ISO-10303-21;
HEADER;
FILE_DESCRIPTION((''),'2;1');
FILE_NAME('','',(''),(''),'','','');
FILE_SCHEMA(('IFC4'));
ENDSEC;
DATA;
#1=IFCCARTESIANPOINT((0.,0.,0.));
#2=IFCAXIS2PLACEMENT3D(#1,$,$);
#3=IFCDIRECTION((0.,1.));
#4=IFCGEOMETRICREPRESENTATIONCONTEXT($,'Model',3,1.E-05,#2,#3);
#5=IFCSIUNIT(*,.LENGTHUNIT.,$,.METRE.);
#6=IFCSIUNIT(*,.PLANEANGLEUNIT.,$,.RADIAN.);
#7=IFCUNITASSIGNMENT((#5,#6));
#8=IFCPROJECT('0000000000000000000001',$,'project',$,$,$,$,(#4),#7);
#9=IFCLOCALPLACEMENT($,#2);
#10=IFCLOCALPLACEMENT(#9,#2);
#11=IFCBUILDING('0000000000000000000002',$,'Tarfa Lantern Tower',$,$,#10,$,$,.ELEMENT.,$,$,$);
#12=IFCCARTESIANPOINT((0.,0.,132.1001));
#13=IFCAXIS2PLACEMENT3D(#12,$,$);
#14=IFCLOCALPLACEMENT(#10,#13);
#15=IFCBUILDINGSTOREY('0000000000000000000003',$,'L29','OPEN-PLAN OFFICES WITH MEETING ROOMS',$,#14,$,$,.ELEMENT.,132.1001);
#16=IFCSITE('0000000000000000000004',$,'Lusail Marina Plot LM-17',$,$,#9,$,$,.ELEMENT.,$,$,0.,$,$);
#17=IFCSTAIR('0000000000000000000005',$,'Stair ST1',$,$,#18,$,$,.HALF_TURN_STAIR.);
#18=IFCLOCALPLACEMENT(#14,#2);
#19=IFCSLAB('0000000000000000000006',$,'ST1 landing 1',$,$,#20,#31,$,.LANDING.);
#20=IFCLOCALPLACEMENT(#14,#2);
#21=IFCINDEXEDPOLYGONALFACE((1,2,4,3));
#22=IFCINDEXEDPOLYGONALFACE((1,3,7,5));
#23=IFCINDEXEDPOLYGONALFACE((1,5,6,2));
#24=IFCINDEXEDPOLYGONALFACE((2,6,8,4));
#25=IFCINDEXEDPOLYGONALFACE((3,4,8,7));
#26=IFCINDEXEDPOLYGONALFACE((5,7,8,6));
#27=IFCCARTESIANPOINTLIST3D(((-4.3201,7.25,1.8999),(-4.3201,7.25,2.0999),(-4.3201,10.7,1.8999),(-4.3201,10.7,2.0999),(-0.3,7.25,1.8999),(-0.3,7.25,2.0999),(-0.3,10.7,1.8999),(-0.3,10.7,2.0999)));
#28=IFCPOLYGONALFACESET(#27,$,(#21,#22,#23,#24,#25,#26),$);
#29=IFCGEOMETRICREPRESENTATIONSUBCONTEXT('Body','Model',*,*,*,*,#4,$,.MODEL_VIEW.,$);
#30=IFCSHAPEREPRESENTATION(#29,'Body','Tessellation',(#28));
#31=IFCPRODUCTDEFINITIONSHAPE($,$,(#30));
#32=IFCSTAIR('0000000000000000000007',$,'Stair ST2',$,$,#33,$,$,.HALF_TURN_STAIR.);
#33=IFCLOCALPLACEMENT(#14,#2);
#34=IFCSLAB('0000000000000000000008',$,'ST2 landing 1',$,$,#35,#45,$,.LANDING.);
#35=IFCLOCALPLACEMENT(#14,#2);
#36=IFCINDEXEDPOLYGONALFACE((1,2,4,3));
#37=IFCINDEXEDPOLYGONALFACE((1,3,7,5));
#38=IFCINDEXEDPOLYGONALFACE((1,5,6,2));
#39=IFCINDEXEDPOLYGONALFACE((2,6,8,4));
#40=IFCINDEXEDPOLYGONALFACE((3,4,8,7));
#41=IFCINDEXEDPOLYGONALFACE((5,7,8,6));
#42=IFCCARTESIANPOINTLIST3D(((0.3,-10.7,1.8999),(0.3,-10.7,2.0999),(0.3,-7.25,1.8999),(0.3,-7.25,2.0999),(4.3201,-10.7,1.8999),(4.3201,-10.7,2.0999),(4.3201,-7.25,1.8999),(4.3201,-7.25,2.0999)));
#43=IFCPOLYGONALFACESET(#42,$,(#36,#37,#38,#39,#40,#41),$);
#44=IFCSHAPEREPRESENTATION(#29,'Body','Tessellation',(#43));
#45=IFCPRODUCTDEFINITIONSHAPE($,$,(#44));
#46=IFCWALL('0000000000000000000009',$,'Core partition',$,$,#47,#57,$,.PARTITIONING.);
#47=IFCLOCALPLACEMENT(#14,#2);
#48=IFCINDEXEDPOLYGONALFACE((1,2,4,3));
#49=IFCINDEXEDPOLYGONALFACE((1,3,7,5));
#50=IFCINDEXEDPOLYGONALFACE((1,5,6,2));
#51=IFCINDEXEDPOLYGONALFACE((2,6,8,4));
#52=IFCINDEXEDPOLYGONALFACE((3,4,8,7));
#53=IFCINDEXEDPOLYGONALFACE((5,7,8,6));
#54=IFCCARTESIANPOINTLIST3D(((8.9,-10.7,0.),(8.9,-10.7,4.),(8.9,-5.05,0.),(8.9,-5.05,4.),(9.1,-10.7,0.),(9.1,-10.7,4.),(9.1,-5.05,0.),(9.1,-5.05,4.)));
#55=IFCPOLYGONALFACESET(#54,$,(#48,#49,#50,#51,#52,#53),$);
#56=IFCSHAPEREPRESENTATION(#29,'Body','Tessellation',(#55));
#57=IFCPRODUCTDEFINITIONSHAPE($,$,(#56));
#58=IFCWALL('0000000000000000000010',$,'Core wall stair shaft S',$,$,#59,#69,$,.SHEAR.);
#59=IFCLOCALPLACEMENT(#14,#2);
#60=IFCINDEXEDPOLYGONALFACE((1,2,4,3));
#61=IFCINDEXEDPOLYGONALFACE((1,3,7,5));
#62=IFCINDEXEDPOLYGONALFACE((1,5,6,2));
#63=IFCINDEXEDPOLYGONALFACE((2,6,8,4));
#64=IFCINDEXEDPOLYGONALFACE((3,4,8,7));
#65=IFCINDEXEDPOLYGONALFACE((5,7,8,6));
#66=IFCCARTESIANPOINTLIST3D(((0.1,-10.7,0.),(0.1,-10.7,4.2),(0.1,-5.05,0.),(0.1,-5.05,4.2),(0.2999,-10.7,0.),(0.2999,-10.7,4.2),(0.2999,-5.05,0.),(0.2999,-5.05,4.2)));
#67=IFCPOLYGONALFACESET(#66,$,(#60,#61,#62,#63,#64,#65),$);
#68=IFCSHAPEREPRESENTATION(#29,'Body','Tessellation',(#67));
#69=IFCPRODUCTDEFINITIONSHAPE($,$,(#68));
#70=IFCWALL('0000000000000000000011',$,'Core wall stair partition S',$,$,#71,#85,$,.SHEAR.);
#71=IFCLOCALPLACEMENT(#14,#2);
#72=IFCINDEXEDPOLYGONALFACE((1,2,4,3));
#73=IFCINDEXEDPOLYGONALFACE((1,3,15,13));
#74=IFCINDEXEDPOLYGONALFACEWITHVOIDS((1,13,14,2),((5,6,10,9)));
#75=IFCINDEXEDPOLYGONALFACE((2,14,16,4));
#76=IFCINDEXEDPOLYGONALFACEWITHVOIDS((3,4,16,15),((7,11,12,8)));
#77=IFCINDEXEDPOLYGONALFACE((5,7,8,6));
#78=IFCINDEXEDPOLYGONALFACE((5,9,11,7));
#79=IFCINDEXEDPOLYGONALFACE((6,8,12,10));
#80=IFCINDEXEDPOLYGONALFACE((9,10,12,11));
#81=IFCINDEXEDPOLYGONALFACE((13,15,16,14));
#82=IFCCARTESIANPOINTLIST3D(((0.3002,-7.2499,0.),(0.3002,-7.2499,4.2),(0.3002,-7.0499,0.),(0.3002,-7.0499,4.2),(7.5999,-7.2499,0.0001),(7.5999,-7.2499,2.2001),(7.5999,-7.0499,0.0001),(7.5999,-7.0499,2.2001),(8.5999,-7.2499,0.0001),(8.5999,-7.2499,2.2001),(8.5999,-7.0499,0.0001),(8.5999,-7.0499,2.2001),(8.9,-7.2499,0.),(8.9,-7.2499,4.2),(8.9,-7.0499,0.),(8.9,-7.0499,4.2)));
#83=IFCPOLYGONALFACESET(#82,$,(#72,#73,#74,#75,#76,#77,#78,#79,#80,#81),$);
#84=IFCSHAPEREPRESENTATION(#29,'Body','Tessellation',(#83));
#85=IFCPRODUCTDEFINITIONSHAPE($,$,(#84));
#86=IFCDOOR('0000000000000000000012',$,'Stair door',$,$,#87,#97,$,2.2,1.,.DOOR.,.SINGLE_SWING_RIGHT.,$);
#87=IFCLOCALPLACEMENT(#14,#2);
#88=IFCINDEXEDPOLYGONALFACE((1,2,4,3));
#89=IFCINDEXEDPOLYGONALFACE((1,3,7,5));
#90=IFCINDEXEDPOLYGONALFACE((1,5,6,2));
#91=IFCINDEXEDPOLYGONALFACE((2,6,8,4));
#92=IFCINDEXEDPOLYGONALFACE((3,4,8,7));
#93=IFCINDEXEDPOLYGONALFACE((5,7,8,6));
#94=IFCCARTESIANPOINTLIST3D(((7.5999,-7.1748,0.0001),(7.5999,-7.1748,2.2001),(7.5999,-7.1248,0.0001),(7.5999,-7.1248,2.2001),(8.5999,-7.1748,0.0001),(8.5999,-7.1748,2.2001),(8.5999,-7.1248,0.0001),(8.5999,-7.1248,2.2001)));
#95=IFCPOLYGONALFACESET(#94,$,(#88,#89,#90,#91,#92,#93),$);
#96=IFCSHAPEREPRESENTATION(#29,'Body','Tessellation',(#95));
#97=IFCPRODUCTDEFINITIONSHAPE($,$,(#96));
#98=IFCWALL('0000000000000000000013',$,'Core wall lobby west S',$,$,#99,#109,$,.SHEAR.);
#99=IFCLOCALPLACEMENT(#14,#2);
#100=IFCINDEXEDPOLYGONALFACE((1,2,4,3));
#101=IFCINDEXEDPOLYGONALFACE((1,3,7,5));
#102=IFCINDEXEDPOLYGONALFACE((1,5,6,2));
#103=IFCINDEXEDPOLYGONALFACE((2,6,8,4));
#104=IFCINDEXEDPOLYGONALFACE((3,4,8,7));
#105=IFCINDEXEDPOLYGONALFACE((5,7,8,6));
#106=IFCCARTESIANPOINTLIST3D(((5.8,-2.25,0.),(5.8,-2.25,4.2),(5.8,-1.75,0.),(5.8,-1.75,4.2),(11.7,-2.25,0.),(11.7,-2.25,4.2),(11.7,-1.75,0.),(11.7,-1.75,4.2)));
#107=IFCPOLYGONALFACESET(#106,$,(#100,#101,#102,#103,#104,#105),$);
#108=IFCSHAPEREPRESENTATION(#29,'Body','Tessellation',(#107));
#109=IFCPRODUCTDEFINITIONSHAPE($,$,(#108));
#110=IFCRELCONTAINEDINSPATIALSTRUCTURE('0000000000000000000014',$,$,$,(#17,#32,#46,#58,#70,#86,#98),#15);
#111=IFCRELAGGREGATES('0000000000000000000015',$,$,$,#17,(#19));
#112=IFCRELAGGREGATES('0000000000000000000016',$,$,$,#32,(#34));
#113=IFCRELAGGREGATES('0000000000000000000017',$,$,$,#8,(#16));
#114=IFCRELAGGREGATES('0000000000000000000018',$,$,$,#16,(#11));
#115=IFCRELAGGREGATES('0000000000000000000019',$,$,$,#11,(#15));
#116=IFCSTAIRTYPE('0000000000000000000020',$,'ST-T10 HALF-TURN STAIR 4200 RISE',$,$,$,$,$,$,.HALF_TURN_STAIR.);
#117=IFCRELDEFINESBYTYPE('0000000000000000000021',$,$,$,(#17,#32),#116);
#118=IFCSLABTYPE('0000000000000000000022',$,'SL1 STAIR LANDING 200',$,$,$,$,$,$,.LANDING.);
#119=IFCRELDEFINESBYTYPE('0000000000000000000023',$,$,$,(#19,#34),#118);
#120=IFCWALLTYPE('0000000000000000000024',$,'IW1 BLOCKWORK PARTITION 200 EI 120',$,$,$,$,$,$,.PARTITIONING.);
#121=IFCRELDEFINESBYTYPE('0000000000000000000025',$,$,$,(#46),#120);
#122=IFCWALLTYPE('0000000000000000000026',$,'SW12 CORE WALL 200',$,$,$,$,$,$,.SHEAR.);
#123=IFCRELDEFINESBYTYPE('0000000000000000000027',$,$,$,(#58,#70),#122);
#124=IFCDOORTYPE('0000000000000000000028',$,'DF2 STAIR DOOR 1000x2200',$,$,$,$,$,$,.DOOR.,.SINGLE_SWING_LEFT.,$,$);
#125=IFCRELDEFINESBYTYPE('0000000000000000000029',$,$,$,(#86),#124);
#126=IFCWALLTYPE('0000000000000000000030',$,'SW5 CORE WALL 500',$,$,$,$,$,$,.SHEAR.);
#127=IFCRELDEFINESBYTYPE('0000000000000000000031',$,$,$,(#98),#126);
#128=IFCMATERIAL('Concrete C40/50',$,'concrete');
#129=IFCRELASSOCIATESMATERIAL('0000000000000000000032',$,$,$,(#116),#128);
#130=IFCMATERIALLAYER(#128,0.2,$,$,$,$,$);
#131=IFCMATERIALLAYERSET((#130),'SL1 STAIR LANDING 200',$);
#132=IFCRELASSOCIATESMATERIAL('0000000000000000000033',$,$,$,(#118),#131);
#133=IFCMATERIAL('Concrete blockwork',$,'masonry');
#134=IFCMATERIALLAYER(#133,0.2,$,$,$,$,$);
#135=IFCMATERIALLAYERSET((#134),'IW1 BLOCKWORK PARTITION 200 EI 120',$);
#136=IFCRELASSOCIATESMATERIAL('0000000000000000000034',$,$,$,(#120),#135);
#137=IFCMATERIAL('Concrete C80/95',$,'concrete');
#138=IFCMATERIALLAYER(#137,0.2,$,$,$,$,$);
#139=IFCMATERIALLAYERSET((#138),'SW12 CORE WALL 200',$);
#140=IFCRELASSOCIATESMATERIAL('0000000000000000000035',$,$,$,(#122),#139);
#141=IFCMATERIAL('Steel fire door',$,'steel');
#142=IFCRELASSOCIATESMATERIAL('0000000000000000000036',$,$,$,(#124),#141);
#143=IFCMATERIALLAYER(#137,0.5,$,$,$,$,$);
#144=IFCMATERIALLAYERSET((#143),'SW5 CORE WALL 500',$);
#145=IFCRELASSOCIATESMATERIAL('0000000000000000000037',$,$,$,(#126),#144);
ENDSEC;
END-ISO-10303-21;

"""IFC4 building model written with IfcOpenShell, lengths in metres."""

from ifc_helpers import new_model, si_unit, direction, frame, frame_2d, origin, place, context, subcontext, project, spatial, polyline, rectangle, outline, extrude, material, layer, layer_set, type_object, element, fill, aggregate, save


model = new_model("IFC4")

# Units and contexts
model_context = context("Model", 3, precision=1e-05, world=origin(), true_north=direction((0.0, 1.0)))
body_context = subcontext(model_context, "Body", "Model", "MODEL_VIEW")
ifc_project = project(units=[si_unit("LENGTHUNIT", "METRE"), si_unit("PLANEANGLEUNIT", "RADIAN")], contexts=[model_context])

# Site, building, storey
site_placement = place(None, origin())
site = spatial("IfcSite", under=ifc_project, at=site_placement, Name="Lusail Marina Plot LM-17", CompositionType="ELEMENT", RefElevation=0.0)
building_placement = place(site_placement, origin())
building = spatial("IfcBuilding", under=site, at=building_placement, Name="Tarfa Lantern Tower", CompositionType="ELEMENT")
storey_placement = place(building_placement, frame((0.0, 0.0, 132.1001)))
storey = spatial("IfcBuildingStorey", under=building, at=storey_placement, Name="L29", Description="OPEN-PLAN OFFICES WITH MEETING ROOMS", CompositionType="ELEMENT", Elevation=132.1001)

# Stairs, slabs
ifc_material_1 = material(Name="Concrete C40/50", Category="concrete")
stair_type = type_object("IfcStairType", Name="ST-T10 HALF-TURN STAIR 4200 RISE", PredefinedType="HALF_TURN_STAIR", material=ifc_material_1)
stair_1_placement = place(storey_placement, origin())
stair_1 = element("IfcStair", 1, at=stair_1_placement, inside=storey, type_object=stair_type, Name="Stair ST1", PredefinedType="HALF_TURN_STAIR")
ifc_layer_1 = layer(ifc_material_1, 0.2)
ifc_layer_set_1 = layer_set([ifc_layer_1], Name="SL1 STAIR LANDING 200")
slab_type = type_object("IfcSlabType", Name="SL1 STAIR LANDING 200", PredefinedType="LANDING", material=ifc_layer_set_1)
slab_1_placement = place(storey_placement, frame((0.0, 0.0, 1.8999)))
slab_1 = element("IfcSlab", 2, at=slab_1_placement, type_object=slab_type, Name="ST1 landing 1", PredefinedType="LANDING", context=body_context, shape_type="SweptSolid", body=[
    extrude(outline(polyline([(-4.3201, 7.25), (-0.3, 7.25), (-0.3, 10.7), (-4.3201, 10.7), (-4.3201, 7.25)])), origin(), (0.0, 0.0, 1.0), 0.2),
])
aggregate(stair_1, [slab_1])
stair_2_placement = place(storey_placement, origin())
stair_2 = element("IfcStair", 3, at=stair_2_placement, inside=storey, type_object=stair_type, Name="Stair ST2", PredefinedType="HALF_TURN_STAIR")
slab_2_placement = place(storey_placement, frame((0.0, 0.0, 1.8999)))
slab_2 = element("IfcSlab", 4, at=slab_2_placement, type_object=slab_type, Name="ST2 landing 1", PredefinedType="LANDING", context=body_context, shape_type="SweptSolid", body=[
    extrude(outline(polyline([(4.3201, -7.25), (0.3, -7.25), (0.3, -10.7), (4.3201, -10.7), (4.3201, -7.25)])), origin(), (0.0, 0.0, 1.0), 0.2),
])
aggregate(stair_2, [slab_2])

# Walls
ifc_material_2 = material(Name="Concrete blockwork", Category="masonry")
ifc_layer_2 = layer(ifc_material_2, 0.2)
ifc_layer_set_2 = layer_set([ifc_layer_2], Name="IW1 BLOCKWORK PARTITION 200 EI 120")
wall_type_1 = type_object("IfcWallType", Name="IW1 BLOCKWORK PARTITION 200 EI 120", PredefinedType="PARTITIONING", material=ifc_layer_set_2)
wall_1_placement = place(storey_placement, frame((9.0, -5.05, 0.0), z_axis=(0.0, 0.0, 1.0), x_axis=(0.0, -1.0, 0.0)))
element("IfcWall", 5, at=wall_1_placement, inside=storey, type_object=wall_type_1, Name="Core partition", PredefinedType="PARTITIONING", context=body_context, shape_type="SweptSolid", body=[
    extrude(rectangle(XDim=5.6499, YDim=0.2, at=frame_2d((2.825, 0.0))), origin(), (0.0, 0.0, 1.0), 4.0),
])
ifc_material_3 = material(Name="Concrete C80/95", Category="concrete")
ifc_layer_3 = layer(ifc_material_3, 0.2)
ifc_layer_set_3 = layer_set([ifc_layer_3], Name="SW12 CORE WALL 200")
wall_type_2 = type_object("IfcWallType", Name="SW12 CORE WALL 200", PredefinedType="SHEAR", material=ifc_layer_set_3)
wall_2_placement = place(storey_placement, frame((0.2, -5.05, 0.0), z_axis=(0.0, 0.0, 1.0), x_axis=(0.0, -1.0, 0.0)))
element("IfcWall", 6, at=wall_2_placement, inside=storey, type_object=wall_type_2, Name="Core wall stair shaft S", PredefinedType="SHEAR", context=body_context, shape_type="SweptSolid", body=[
    extrude(rectangle(XDim=5.6499, YDim=0.2, at=frame_2d((2.825, 0.0))), origin(), (0.0, 0.0, 1.0), 4.2),
])

# Wall, opening, door
wall_3_placement = place(storey_placement, frame((8.8999, -7.1499, 0.0), z_axis=(0.0, 0.0, 1.0), x_axis=(-1.0, 0.0, 0.0)))
wall_3 = element("IfcWall", 7, at=wall_3_placement, inside=storey, type_object=wall_type_2, Name="Core wall stair partition S", PredefinedType="SHEAR", context=body_context, shape_type="SweptSolid", body=[
    extrude(rectangle(XDim=8.5999, YDim=0.2, at=frame_2d((4.2998, 0.0))), origin(), (0.0, 0.0, 1.0), 4.2),
])
opening_1_placement = place(wall_3_placement, frame((0.3, 0.0, 0.0)))
opening_1 = element("IfcOpeningElement", 8, at=opening_1_placement, cuts=wall_3, PredefinedType="OPENING", context=body_context, shape_type="SweptSolid", body=[
    extrude(rectangle(XDim=1.0, YDim=2.2, at=frame_2d((0.5, 1.1001))), frame((0.0, 0.1099, 0.0), z_axis=(0.0, -1.0, 0.0), x_axis=(1.0, 0.0, 0.0)), (0.0, 0.0, 1.0), 0.22),
])
ifc_material_4 = material(Name="Steel fire door", Category="steel")
door_type_1 = type_object("IfcDoorType", Name="DF2 STAIR DOOR 1000x2200", OperationType="SINGLE_SWING_LEFT", PredefinedType="DOOR", material=ifc_material_4)
door_1_placement = place(opening_1_placement, origin())
door_1 = element("IfcDoor", 9, at=door_1_placement, inside=storey, type_object=door_type_1, Name="Stair door", OperationType="SINGLE_SWING_RIGHT", OverallHeight=2.2, OverallWidth=1.0, PredefinedType="DOOR", context=body_context, shape_type="SweptSolid", body=[
    extrude(rectangle(XDim=1.0, YDim=2.2, at=frame_2d((0.5, 1.1001))), frame((0.0, 0.0249, 0.0), z_axis=(0.0, -1.0, 0.0), x_axis=(1.0, 0.0, 0.0)), (0.0, 0.0, 1.0), 0.05),
])
fill(opening_1, door_1)

# Wall
ifc_layer_4 = layer(ifc_material_3, 0.5)
ifc_layer_set_4 = layer_set([ifc_layer_4], Name="SW5 CORE WALL 500")
wall_type_3 = type_object("IfcWallType", Name="SW5 CORE WALL 500", PredefinedType="SHEAR", material=ifc_layer_set_4)
wall_4_placement = place(storey_placement, frame((11.7, -2.0, 0.0), z_axis=(0.0, 0.0, 1.0), x_axis=(-1.0, 0.0, 0.0)))
element("IfcWall", 10, at=wall_4_placement, inside=storey, type_object=wall_type_3, Name="Core wall lobby west S", PredefinedType="SHEAR", context=body_context, shape_type="SweptSolid", body=[
    extrude(rectangle(XDim=5.8999, YDim=0.5, at=frame_2d((2.95, 0.0))), origin(), (0.0, 0.0, 1.0), 4.2),
])

save(model, "model.ifc")
